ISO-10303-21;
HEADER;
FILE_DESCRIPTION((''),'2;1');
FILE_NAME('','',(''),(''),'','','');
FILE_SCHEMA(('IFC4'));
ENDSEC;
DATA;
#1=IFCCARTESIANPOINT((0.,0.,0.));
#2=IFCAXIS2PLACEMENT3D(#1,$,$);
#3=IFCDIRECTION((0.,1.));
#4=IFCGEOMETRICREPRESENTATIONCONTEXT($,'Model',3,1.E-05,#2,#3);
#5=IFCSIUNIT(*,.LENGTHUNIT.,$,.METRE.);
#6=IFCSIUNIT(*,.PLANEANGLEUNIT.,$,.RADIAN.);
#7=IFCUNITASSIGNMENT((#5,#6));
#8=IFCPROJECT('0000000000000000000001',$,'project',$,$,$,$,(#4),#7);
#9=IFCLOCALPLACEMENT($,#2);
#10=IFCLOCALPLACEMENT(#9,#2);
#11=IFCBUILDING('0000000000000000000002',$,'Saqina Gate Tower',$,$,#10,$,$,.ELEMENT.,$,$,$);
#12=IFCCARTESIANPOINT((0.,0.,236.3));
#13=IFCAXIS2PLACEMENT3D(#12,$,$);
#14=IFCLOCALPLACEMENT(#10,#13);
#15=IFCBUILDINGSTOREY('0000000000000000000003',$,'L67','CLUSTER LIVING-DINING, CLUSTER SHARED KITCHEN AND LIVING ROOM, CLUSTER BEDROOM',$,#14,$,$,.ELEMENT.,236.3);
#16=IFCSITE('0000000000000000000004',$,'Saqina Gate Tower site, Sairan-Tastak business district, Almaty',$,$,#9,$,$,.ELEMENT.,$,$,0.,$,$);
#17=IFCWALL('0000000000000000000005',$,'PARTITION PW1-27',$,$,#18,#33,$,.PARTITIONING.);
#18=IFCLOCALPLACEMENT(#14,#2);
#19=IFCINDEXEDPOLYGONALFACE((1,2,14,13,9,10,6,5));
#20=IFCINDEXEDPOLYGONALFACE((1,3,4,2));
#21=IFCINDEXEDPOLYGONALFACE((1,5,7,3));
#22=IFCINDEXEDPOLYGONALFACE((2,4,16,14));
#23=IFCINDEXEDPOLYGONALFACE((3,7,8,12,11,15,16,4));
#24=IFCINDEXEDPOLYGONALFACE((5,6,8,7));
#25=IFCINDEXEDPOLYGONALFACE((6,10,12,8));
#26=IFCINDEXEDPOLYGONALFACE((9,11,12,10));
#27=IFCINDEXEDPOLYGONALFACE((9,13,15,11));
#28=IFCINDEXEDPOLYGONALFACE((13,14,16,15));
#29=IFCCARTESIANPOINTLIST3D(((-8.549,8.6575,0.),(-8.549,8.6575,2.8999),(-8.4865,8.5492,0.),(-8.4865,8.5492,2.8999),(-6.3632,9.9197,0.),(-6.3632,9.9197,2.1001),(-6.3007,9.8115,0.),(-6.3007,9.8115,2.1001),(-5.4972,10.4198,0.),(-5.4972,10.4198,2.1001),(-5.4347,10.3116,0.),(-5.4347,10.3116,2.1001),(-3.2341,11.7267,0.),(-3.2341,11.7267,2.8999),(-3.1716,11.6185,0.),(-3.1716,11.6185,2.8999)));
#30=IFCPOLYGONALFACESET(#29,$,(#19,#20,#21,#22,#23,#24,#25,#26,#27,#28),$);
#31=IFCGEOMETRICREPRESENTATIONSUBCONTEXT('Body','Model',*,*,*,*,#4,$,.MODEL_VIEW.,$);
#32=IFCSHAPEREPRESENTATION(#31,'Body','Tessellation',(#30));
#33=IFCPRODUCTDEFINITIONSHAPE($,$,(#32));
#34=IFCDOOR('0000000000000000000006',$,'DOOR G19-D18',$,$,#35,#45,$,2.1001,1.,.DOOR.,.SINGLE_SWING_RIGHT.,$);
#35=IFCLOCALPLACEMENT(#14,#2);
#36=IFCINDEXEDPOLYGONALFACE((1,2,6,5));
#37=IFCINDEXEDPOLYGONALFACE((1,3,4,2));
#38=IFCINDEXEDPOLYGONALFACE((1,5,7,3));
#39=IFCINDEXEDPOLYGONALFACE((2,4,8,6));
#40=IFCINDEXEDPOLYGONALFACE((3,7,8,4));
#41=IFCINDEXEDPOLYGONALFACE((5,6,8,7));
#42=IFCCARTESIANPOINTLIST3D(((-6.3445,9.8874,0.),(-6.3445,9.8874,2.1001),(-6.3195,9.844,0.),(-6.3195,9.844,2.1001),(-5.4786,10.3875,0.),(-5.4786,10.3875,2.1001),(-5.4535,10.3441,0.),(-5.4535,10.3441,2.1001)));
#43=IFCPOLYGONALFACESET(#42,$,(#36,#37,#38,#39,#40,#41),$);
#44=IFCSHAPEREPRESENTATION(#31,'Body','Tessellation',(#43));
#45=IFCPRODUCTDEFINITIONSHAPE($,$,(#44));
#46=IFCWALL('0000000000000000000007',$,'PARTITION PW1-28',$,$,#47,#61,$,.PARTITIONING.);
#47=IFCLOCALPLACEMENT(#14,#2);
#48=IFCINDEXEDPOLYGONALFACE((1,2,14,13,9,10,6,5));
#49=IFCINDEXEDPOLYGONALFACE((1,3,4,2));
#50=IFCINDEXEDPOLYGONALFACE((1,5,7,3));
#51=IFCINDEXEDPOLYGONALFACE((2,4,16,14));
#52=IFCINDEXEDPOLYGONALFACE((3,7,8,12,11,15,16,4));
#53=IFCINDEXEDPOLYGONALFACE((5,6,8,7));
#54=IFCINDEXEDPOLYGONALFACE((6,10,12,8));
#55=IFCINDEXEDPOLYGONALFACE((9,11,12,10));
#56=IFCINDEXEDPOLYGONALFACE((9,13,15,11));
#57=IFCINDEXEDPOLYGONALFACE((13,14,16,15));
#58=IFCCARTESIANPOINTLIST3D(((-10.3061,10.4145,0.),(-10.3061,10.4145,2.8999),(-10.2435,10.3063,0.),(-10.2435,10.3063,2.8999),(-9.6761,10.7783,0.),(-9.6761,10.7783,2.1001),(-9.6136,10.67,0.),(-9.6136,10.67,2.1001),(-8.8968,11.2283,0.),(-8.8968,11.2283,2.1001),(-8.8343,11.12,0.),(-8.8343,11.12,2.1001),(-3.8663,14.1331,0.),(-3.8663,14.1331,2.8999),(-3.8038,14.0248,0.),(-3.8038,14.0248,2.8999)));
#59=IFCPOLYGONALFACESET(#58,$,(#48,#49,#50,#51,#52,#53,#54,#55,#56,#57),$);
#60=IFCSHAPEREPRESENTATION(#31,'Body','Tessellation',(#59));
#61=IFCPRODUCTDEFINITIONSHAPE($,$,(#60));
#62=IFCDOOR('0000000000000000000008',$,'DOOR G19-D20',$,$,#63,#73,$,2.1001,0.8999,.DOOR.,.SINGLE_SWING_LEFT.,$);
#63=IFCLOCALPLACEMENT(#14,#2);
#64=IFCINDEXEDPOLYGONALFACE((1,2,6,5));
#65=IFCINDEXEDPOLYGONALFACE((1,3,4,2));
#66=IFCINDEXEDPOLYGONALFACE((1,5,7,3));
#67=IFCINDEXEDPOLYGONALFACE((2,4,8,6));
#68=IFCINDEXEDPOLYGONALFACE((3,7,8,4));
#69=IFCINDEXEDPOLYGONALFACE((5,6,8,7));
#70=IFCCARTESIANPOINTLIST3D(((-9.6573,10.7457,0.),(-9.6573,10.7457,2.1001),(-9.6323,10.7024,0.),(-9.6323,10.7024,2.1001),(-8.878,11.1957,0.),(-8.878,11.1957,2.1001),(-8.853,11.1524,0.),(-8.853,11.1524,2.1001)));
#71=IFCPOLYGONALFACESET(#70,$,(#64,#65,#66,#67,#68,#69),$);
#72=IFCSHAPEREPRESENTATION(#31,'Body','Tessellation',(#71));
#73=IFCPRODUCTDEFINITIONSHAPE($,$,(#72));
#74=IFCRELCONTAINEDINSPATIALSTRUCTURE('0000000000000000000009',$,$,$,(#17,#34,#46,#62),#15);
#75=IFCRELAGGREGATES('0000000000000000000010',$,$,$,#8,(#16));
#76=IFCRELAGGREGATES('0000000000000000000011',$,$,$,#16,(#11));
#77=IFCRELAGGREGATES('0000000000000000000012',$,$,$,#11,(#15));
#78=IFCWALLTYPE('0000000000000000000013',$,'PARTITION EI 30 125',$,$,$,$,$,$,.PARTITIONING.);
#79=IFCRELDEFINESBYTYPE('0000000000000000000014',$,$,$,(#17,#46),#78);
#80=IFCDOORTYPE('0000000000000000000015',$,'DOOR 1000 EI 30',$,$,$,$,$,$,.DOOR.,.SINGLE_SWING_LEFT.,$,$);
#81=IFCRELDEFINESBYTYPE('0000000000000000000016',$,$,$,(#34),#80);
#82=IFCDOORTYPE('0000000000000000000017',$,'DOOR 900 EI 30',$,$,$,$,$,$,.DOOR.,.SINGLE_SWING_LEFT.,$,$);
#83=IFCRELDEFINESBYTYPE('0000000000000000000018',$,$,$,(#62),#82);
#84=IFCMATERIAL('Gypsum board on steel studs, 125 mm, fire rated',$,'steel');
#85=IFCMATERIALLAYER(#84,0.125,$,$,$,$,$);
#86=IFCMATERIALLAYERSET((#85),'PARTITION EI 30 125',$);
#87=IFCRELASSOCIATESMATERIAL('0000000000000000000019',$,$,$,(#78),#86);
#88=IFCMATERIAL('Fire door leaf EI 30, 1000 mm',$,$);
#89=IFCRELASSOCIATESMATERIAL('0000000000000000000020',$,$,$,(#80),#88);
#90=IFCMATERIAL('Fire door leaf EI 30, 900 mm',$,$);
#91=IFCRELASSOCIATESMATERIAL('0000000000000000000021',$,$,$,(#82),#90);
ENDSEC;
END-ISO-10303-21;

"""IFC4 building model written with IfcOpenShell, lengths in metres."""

from ifc_helpers import new_model, si_unit, direction, frame, frame_2d, origin, place, context, subcontext, project, spatial, rectangle, extrude, material, layer, layer_set, type_object, element, fill, save


model = new_model("IFC4")

# Units and contexts
model_context = context("Model", 3, precision=1e-05, world=origin(), true_north=direction((0.0, 1.0)))
body_context = subcontext(model_context, "Body", "Model", "MODEL_VIEW")
ifc_project = project(units=[si_unit("LENGTHUNIT", "METRE"), si_unit("PLANEANGLEUNIT", "RADIAN")], contexts=[model_context])

# Site, building, storey
site_placement = place(None, origin())
site = spatial("IfcSite", under=ifc_project, at=site_placement, Name="Saqina Gate Tower site, Sairan-Tastak business district, Almaty", CompositionType="ELEMENT", RefElevation=0.0)
building_placement = place(site_placement, origin())
building = spatial("IfcBuilding", under=site, at=building_placement, Name="Saqina Gate Tower", CompositionType="ELEMENT")
storey_placement = place(building_placement, frame((0.0, 0.0, 236.3)))
storey = spatial("IfcBuildingStorey", under=building, at=storey_placement, Name="L67", Description="CLUSTER LIVING-DINING, CLUSTER SHARED KITCHEN AND LIVING ROOM, CLUSTER BEDROOM", CompositionType="ELEMENT", Elevation=236.3)

# Shared definitions
ifc_material_1 = material(Name="Gypsum board on steel studs, 125 mm, fire rated", Category="steel")
ifc_layer_1 = layer(ifc_material_1, 0.125)
ifc_layer_set_1 = layer_set([ifc_layer_1], Name="PARTITION EI 30 125")
wall_type_1 = type_object("IfcWallType", Name="PARTITION EI 30 125", PredefinedType="PARTITIONING", material=ifc_layer_set_1)

# Walls, openings, doors
wall_1_placement = place(storey_placement, frame((-8.5178, 8.6033, 0.0), z_axis=(0.0, 0.0, 1.0), x_axis=(0.865972, 0.500092, 0.0)))
wall_1 = element("IfcWall", 1, at=wall_1_placement, inside=storey, type_object=wall_type_1, Name="PARTITION PW1-27", PredefinedType="PARTITIONING", context=body_context, shape_type="SweptSolid", body=[
    extrude(rectangle(XDim=6.1375, YDim=0.125, at=frame_2d((3.0688, 0.0))), origin(), (0.0, 0.0, 1.0), 2.8999),
])
opening_1_placement = place(wall_1_placement, frame((2.5242, 0.0, 0.0)))
opening_1 = element("IfcOpeningElement", 2, at=opening_1_placement, cuts=wall_1, PredefinedType="OPENING", context=body_context, shape_type="SweptSolid", body=[
    extrude(rectangle(XDim=1.0, YDim=2.1001, at=frame_2d((0.5, 1.05))), frame((0.0, 0.0745, 0.0), z_axis=(0.0, -1.0, 0.0), x_axis=(1.0, 0.0, 0.0)), (0.0, 0.0, 1.0), 0.1489),
])
ifc_material_2 = material(Name="Fire door leaf EI 30, 1000 mm")
door_type_1 = type_object("IfcDoorType", Name="DOOR 1000 EI 30", OperationType="SINGLE_SWING_LEFT", PredefinedType="DOOR", material=ifc_material_2)
door_1_placement = place(opening_1_placement, frame((1.0, 0.0, 0.0), z_axis=(0.0, 0.0, 1.0), x_axis=(-1.0, 0.0, 0.0)))
door_1 = element("IfcDoor", 3, at=door_1_placement, inside=storey, type_object=door_type_1, Name="DOOR G19-D18", OperationType="SINGLE_SWING_RIGHT", OverallHeight=2.1001, OverallWidth=1.0, PredefinedType="DOOR", context=body_context, shape_type="SweptSolid", body=[
    extrude(rectangle(XDim=1.0, YDim=2.1001, at=frame_2d((0.5, 1.05))), frame((0.0, 0.0249, 0.0), z_axis=(0.0, -1.0, 0.0), x_axis=(1.0, 0.0, 0.0)), (0.0, 0.0, 1.0), 0.05),
])
fill(opening_1, door_1)
wall_2_placement = place(storey_placement, frame((-10.2749, 10.3604, 0.0), z_axis=(0.0, 0.0, 1.0), x_axis=(0.865994, 0.500055, 0.0)))
wall_2 = element("IfcWall", 4, at=wall_2_placement, inside=storey, type_object=wall_type_1, Name="PARTITION PW1-28", PredefinedType="PARTITIONING", context=body_context, shape_type="SweptSolid", body=[
    extrude(rectangle(XDim=7.4363, YDim=0.125, at=frame_2d((3.7183, 0.0))), origin(), (0.0, 0.0, 1.0), 2.8999),
])
opening_2_placement = place(wall_2_placement, frame((0.7275, 0.0, 0.0)))
opening_2 = element("IfcOpeningElement", 5, at=opening_2_placement, cuts=wall_2, PredefinedType="OPENING", context=body_context, shape_type="SweptSolid", body=[
    extrude(rectangle(XDim=0.8999, YDim=2.1001, at=frame_2d((0.45, 1.05))), frame((0.0, 0.0745, 0.0), z_axis=(0.0, -1.0, 0.0), x_axis=(1.0, 0.0, 0.0)), (0.0, 0.0, 1.0), 0.1489),
])
ifc_material_3 = material(Name="Fire door leaf EI 30, 900 mm")
door_type_2 = type_object("IfcDoorType", Name="DOOR 900 EI 30", OperationType="SINGLE_SWING_LEFT", PredefinedType="DOOR", material=ifc_material_3)
door_2_placement = place(opening_2_placement, origin())
door_2 = element("IfcDoor", 6, at=door_2_placement, inside=storey, type_object=door_type_2, Name="DOOR G19-D20", OperationType="SINGLE_SWING_LEFT", OverallHeight=2.1001, OverallWidth=0.8999, PredefinedType="DOOR", context=body_context, shape_type="SweptSolid", body=[
    extrude(rectangle(XDim=0.8999, YDim=2.1001, at=frame_2d((0.45, 1.05))), frame((0.0, 0.0249, 0.0), z_axis=(0.0, -1.0, 0.0), x_axis=(1.0, 0.0, 0.0)), (0.0, 0.0, 1.0), 0.05),
])
fill(opening_2, door_2)

save(model, "model.ifc")
